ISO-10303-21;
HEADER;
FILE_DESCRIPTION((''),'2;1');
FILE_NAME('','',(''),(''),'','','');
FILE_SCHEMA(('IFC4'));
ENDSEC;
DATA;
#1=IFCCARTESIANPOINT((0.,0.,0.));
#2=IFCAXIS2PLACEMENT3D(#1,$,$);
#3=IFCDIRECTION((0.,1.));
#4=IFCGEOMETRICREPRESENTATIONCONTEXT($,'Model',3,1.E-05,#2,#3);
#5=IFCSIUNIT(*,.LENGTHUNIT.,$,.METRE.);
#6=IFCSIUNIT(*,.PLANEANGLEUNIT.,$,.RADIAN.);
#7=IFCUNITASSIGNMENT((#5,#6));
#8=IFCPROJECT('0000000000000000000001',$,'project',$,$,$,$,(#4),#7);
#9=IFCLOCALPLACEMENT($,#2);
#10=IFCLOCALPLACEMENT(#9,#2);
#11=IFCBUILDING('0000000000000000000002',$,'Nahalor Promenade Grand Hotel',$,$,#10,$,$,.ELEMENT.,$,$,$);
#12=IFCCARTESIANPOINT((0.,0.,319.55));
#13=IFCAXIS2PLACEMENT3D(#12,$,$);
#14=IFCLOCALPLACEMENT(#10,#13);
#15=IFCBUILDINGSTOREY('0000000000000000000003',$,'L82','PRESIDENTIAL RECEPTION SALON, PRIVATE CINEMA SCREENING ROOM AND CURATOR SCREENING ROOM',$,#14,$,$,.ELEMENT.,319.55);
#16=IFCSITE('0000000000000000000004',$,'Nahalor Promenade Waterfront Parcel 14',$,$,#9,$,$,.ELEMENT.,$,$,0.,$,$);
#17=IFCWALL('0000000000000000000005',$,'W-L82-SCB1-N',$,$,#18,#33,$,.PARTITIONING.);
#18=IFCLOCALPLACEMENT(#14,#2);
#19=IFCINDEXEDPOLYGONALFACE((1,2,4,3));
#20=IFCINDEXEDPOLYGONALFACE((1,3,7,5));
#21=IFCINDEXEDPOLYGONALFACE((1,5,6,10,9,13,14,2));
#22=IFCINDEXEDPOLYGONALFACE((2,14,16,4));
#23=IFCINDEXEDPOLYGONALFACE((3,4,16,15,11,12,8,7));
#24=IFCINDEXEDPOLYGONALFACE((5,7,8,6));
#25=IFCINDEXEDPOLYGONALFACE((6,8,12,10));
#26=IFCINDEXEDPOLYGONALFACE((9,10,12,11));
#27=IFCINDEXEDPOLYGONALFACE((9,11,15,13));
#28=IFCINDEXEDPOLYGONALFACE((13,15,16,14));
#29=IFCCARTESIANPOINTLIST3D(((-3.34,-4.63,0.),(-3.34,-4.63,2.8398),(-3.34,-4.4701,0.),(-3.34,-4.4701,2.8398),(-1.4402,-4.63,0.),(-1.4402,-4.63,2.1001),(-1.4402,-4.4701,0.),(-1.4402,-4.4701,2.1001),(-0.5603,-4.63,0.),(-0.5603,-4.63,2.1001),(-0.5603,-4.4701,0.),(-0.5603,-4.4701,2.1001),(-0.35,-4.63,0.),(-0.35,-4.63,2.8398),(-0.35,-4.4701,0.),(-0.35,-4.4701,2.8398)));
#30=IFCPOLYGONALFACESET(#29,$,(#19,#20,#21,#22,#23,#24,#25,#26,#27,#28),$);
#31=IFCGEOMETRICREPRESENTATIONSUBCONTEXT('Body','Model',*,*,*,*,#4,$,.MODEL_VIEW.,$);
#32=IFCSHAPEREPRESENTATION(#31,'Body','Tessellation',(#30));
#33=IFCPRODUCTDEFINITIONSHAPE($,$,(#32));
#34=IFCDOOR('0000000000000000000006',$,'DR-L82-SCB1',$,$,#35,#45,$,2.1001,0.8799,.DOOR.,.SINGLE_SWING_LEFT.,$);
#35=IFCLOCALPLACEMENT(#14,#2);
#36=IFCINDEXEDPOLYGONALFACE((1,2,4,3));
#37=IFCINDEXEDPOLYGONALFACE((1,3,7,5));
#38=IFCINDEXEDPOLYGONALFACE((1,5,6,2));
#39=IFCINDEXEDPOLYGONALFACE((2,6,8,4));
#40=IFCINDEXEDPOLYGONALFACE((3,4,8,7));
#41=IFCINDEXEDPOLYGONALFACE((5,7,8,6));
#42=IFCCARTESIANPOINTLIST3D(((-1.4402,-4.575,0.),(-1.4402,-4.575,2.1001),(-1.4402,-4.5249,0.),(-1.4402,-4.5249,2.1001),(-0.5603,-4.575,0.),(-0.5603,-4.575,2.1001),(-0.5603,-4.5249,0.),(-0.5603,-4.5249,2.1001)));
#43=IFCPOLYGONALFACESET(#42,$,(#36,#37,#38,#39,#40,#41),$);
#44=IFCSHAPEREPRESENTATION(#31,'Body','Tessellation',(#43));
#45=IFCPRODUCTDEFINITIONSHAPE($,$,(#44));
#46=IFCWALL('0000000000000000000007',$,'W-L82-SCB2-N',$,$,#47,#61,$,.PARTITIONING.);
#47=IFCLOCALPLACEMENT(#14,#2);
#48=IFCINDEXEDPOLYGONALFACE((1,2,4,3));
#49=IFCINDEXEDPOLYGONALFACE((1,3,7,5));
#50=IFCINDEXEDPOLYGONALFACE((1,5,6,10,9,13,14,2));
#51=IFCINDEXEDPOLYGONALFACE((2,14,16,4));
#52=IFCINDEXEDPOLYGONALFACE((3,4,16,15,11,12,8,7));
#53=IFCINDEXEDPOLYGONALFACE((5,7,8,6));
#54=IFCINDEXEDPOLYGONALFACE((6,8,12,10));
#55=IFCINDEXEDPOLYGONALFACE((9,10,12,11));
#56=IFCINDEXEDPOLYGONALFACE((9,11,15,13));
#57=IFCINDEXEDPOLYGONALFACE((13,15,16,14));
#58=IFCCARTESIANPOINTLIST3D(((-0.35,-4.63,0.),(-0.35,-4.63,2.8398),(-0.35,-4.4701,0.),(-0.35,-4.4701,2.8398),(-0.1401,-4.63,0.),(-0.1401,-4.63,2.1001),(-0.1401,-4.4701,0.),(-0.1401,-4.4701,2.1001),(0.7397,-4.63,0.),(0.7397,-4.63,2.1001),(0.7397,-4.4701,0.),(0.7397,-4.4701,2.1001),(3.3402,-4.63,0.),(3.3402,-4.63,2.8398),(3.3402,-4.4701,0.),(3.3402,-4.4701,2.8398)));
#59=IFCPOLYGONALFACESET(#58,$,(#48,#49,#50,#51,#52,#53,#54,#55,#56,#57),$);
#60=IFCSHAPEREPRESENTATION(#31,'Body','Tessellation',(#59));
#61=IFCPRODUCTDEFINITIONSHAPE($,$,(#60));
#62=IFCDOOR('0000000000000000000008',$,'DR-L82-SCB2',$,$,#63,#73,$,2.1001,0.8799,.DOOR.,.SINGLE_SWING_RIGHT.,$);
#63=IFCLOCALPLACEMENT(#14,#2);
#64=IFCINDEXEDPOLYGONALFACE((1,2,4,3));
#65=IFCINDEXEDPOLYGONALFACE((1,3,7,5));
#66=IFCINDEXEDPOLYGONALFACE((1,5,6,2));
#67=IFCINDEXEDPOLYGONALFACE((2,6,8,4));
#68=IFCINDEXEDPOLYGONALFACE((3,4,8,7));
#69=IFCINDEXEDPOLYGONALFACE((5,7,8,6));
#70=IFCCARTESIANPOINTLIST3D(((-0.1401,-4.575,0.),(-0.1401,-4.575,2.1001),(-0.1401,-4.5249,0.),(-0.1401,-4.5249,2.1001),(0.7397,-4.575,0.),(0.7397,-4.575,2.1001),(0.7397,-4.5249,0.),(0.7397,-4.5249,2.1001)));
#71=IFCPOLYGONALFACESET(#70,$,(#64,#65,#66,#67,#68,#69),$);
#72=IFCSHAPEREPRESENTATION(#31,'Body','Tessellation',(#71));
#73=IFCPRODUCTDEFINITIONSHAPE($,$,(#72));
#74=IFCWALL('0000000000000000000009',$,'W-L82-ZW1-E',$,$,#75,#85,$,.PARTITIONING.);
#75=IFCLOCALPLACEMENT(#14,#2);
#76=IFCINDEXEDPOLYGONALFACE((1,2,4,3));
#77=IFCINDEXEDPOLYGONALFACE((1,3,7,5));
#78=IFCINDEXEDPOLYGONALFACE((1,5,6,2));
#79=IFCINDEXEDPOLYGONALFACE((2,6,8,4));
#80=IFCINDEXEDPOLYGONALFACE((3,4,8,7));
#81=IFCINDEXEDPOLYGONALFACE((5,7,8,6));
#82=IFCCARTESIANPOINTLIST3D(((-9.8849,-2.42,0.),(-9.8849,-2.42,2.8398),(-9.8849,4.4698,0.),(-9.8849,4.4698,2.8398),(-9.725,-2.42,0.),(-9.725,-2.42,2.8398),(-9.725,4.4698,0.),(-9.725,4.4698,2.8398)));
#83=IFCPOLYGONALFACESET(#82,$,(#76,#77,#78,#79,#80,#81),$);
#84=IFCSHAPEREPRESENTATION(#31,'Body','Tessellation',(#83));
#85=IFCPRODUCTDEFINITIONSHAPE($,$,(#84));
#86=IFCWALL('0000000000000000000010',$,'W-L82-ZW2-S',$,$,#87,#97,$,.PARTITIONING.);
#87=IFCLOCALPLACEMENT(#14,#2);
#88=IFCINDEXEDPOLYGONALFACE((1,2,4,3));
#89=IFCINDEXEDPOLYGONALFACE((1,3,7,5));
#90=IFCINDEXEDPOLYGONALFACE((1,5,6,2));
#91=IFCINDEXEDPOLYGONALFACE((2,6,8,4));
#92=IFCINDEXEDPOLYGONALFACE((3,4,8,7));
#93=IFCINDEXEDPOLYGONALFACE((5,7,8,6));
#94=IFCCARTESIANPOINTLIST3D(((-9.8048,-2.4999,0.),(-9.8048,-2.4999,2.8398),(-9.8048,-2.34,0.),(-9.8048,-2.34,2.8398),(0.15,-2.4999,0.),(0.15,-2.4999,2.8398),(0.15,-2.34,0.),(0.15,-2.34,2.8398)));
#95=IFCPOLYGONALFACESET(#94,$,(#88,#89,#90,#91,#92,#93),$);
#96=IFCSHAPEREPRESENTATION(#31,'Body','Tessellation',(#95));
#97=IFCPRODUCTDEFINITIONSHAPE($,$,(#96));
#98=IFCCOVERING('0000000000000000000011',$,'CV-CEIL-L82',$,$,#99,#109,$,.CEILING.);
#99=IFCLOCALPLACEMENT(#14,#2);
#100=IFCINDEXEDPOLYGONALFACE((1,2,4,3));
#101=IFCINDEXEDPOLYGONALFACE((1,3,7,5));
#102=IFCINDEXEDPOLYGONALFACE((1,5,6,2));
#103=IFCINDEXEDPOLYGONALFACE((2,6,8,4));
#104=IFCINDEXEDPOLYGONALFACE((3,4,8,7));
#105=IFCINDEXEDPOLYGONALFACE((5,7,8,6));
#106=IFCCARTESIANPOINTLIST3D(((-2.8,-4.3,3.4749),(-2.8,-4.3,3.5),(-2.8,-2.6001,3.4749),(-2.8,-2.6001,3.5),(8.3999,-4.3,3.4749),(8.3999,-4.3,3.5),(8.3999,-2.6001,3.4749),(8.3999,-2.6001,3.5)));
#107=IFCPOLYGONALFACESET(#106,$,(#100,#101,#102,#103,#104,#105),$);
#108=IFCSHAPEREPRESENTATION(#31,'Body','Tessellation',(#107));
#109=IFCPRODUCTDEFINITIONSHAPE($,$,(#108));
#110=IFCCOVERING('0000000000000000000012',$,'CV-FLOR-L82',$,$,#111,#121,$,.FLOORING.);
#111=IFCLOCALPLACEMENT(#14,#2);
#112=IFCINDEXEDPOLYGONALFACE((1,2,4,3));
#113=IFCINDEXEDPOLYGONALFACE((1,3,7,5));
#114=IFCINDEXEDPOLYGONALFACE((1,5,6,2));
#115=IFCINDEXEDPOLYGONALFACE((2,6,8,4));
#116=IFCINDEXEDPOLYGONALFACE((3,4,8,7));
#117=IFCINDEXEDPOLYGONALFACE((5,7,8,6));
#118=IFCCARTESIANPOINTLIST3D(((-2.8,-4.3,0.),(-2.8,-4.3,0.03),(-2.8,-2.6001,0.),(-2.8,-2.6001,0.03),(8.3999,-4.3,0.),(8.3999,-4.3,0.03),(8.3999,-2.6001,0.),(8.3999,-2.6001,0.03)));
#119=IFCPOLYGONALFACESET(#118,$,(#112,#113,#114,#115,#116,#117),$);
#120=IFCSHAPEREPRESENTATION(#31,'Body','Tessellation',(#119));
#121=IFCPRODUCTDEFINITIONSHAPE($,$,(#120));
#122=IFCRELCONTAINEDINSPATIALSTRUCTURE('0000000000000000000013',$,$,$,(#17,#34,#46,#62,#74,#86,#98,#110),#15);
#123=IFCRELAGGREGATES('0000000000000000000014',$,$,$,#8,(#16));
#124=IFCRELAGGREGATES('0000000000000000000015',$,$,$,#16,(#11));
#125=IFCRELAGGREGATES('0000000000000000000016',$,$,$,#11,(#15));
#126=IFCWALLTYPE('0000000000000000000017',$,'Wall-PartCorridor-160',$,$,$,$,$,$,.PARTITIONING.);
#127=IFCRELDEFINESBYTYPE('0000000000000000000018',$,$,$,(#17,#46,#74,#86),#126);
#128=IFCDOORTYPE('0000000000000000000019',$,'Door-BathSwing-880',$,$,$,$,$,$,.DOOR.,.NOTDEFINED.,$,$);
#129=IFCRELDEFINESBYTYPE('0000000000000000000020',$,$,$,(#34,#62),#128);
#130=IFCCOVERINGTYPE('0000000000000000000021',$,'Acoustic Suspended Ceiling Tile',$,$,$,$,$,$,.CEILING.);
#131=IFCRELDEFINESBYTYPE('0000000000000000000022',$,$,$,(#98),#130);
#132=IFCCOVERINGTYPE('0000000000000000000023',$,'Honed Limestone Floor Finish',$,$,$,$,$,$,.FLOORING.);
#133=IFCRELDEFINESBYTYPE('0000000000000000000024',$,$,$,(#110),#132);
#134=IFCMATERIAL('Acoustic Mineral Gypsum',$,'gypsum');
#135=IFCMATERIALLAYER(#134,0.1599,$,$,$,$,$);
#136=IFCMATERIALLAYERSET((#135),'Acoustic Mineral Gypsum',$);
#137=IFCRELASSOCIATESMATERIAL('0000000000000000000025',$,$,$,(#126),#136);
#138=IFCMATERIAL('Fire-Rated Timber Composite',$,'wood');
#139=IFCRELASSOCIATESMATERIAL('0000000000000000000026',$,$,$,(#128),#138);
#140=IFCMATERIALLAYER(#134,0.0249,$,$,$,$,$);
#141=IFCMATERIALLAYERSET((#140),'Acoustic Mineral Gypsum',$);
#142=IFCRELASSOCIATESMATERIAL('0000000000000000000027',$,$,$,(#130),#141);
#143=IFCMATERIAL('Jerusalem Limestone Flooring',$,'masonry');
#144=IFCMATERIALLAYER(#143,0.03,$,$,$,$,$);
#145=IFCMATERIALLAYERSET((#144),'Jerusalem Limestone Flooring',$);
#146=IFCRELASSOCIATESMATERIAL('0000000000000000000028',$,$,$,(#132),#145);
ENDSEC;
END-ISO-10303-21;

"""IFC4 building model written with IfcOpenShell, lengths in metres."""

from ifc_helpers import new_model, si_unit, direction, frame, frame_2d, origin, place, context, subcontext, project, spatial, polyline, rectangle, outline, extrude, source, transform, mapped, material, layer, layer_set, type_object, element, fill, save


model = new_model("IFC4")

# Units and contexts
model_context = context("Model", 3, precision=1e-05, world=origin(), true_north=direction((0.0, 1.0)))
body_context = subcontext(model_context, "Body", "Model", "MODEL_VIEW")
ifc_project = project(units=[si_unit("LENGTHUNIT", "METRE"), si_unit("PLANEANGLEUNIT", "RADIAN")], contexts=[model_context])

# Site, building, storey
site_placement = place(None, origin())
site = spatial("IfcSite", under=ifc_project, at=site_placement, Name="Nahalor Promenade Waterfront Parcel 14", CompositionType="ELEMENT", RefElevation=0.0)
building_placement = place(site_placement, origin())
building = spatial("IfcBuilding", under=site, at=building_placement, Name="Nahalor Promenade Grand Hotel", CompositionType="ELEMENT")
storey_placement = place(building_placement, frame((0.0, 0.0, 319.55)))
storey = spatial("IfcBuildingStorey", under=building, at=storey_placement, Name="L82", Description="PRESIDENTIAL RECEPTION SALON, PRIVATE CINEMA SCREENING ROOM AND CURATOR SCREENING ROOM", CompositionType="ELEMENT", Elevation=319.55)

# Walls, openings, doors
ifc_material_1 = material(Name="Acoustic Mineral Gypsum", Category="gypsum")
ifc_layer_1 = layer(ifc_material_1, 0.1599)
ifc_layer_set_1 = layer_set([ifc_layer_1], Name="Acoustic Mineral Gypsum")
wall_type = type_object("IfcWallType", Name="Wall-PartCorridor-160", PredefinedType="PARTITIONING", material=ifc_layer_set_1)
shared_shape_1 = source(origin(), body_context, "Body", "SweptSolid", [
    extrude(rectangle(XDim=2.99, YDim=0.1599, at=frame_2d((1.4951, 0.0))), origin(), (0.0, 0.0, 1.0), 2.8398),
])
wall_1_placement = place(storey_placement, frame((-3.3401, -4.55, 0.0), z_axis=(0.0, 0.0, 1.0), x_axis=(1.0, 0.0, 0.0)))
wall_1 = element("IfcWall", 1, at=wall_1_placement, inside=storey, type_object=wall_type, Name="W-L82-SCB1-N", PredefinedType="PARTITIONING", context=body_context, shape_type="MappedRepresentation", body=[
    mapped(shared_shape_1, transform((0.0, 0.0, 0.0), scale=1.0)),
])
opening_1_placement = place(wall_1_placement, frame((1.8999, 0.0, 0.0)))
opening_1 = element("IfcOpeningElement", 2, at=opening_1_placement, cuts=wall_1, PredefinedType="OPENING", context=body_context, shape_type="SweptSolid", body=[
    extrude(rectangle(XDim=0.8799, YDim=2.1001, at=frame_2d((0.4399, 1.05))), frame((0.0, 0.0898, 0.0), z_axis=(0.0, -1.0, 0.0), x_axis=(1.0, 0.0, 0.0)), (0.0, 0.0, 1.0), 0.1799),
])
ifc_material_2 = material(Name="Fire-Rated Timber Composite", Category="wood")
door_type_1 = type_object("IfcDoorType", Name="Door-BathSwing-880", OperationType="NOTDEFINED", PredefinedType="DOOR", material=ifc_material_2)
shared_shape_2 = source(origin(), body_context, "Body", "SweptSolid", [
    extrude(rectangle(XDim=0.8799, YDim=2.1001, at=frame_2d((0.4399, 1.05))), frame((0.0, 0.0249, 0.0), z_axis=(0.0, -1.0, 0.0), x_axis=(1.0, 0.0, 0.0)), (0.0, 0.0, 1.0), 0.05),
])
door_1_placement = place(opening_1_placement, frame((0.8799, 0.0, 0.0), z_axis=(0.0, 0.0, 1.0), x_axis=(-1.0, 0.0, 0.0)))
door_1 = element("IfcDoor", 3, at=door_1_placement, inside=storey, type_object=door_type_1, Name="DR-L82-SCB1", OperationType="SINGLE_SWING_LEFT", OverallHeight=2.1001, OverallWidth=0.8799, PredefinedType="DOOR", context=body_context, shape_type="MappedRepresentation", body=[
    mapped(shared_shape_2, transform((0.0, 0.0, 0.0), scale=1.0)),
])
fill(opening_1, door_1)
shared_shape_3 = source(origin(), body_context, "Body", "SweptSolid", [
    extrude(rectangle(XDim=3.6902, YDim=0.1599, at=frame_2d((1.8452, 0.0))), origin(), (0.0, 0.0, 1.0), 2.8398),
])
wall_2_placement = place(storey_placement, frame((-0.3501, -4.55, 0.0), z_axis=(0.0, 0.0, 1.0), x_axis=(1.0, 0.0, 0.0)))
wall_2 = element("IfcWall", 4, at=wall_2_placement, inside=storey, type_object=wall_type, Name="W-L82-SCB2-N", PredefinedType="PARTITIONING", context=body_context, shape_type="MappedRepresentation", body=[
    mapped(shared_shape_3, transform((0.0, 0.0, 0.0), scale=1.0)),
])
opening_2_placement = place(wall_2_placement, frame((0.21, 0.0, 0.0)))
opening_2 = element("IfcOpeningElement", 5, at=opening_2_placement, cuts=wall_2, PredefinedType="OPENING", context=body_context, shape_type="SweptSolid", body=[
    extrude(rectangle(XDim=0.8799, YDim=2.1001, at=frame_2d((0.4399, 1.05))), frame((0.0, 0.0898, 0.0), z_axis=(0.0, -1.0, 0.0), x_axis=(1.0, 0.0, 0.0)), (0.0, 0.0, 1.0), 0.1799),
])
door_2_placement = place(opening_2_placement, frame((0.8799, 0.0, 0.0), z_axis=(0.0, 0.0, 1.0), x_axis=(-1.0, 0.0, 0.0)))
door_2 = element("IfcDoor", 6, at=door_2_placement, inside=storey, type_object=door_type_1, Name="DR-L82-SCB2", OperationType="SINGLE_SWING_RIGHT", OverallHeight=2.1001, OverallWidth=0.8799, PredefinedType="DOOR", context=body_context, shape_type="MappedRepresentation", body=[
    mapped(shared_shape_2, transform((0.0, 0.0, 0.0), scale=1.0)),
])
fill(opening_2, door_2)

# Wall
shared_shape_4 = source(origin(), body_context, "Body", "SweptSolid", [
    extrude(rectangle(XDim=6.8899, YDim=0.1599, at=frame_2d((3.4448, 0.0))), origin(), (0.0, 0.0, 1.0), 2.8398),
])
wall_3_placement = place(storey_placement, frame((-9.8049, -2.4199, 0.0), z_axis=(0.0, 0.0, 1.0), x_axis=(0.0, 1.0, 0.0)))
element("IfcWall", 7, at=wall_3_placement, inside=storey, type_object=wall_type, Name="W-L82-ZW1-E", PredefinedType="PARTITIONING", context=body_context, shape_type="MappedRepresentation", body=[
    mapped(shared_shape_4, transform((0.0, 0.0, 0.0), scale=1.0)),
])

# Wall
shared_shape_5 = source(origin(), body_context, "Body", "SweptSolid", [
    extrude(rectangle(XDim=9.9548, YDim=0.1599, at=frame_2d((4.9775, 0.0))), origin(), (0.0, 0.0, 1.0), 2.8398),
])
wall_4_placement = place(storey_placement, frame((-9.8049, -2.4199, 0.0), z_axis=(0.0, 0.0, 1.0), x_axis=(1.0, 0.0, 0.0)))
element("IfcWall", 8, at=wall_4_placement, inside=storey, type_object=wall_type, Name="W-L82-ZW2-S", PredefinedType="PARTITIONING", context=body_context, shape_type="MappedRepresentation", body=[
    mapped(shared_shape_5, transform((0.0, 0.0, 0.0), scale=1.0)),
])

# Coverings
ifc_layer_2 = layer(ifc_material_1, 0.0249)
ifc_layer_set_2 = layer_set([ifc_layer_2], Name="Acoustic Mineral Gypsum")
covering_type_1 = type_object("IfcCoveringType", Name="Acoustic Suspended Ceiling Tile", PredefinedType="CEILING", material=ifc_layer_set_2)
covering_1_placement = place(storey_placement, frame((0.0, 0.0, 3.4749)))
element("IfcCovering", 9, at=covering_1_placement, inside=storey, type_object=covering_type_1, Name="CV-CEIL-L82", PredefinedType="CEILING", context=body_context, shape_type="SweptSolid", body=[
    extrude(outline(polyline([(-2.8, -4.3), (8.3999, -4.3), (8.3999, -2.6001), (-2.8, -2.6001), (-2.8, -4.3)])), origin(), (0.0, 0.0, 1.0), 0.0251),
])
ifc_material_3 = material(Name="Jerusalem Limestone Flooring", Category="masonry")
ifc_layer_3 = layer(ifc_material_3, 0.03)
ifc_layer_set_3 = layer_set([ifc_layer_3], Name="Jerusalem Limestone Flooring")
covering_type_2 = type_object("IfcCoveringType", Name="Honed Limestone Floor Finish", PredefinedType="FLOORING", material=ifc_layer_set_3)
covering_2_placement = place(storey_placement, origin())
element("IfcCovering", 10, at=covering_2_placement, inside=storey, type_object=covering_type_2, Name="CV-FLOR-L82", PredefinedType="FLOORING", context=body_context, shape_type="SweptSolid", body=[
    extrude(outline(polyline([(-2.8, -4.3), (8.3999, -4.3), (8.3999, -2.6001), (-2.8, -2.6001), (-2.8, -4.3)])), origin(), (0.0, 0.0, 1.0), 0.03),
])

save(model, "model.ifc")
